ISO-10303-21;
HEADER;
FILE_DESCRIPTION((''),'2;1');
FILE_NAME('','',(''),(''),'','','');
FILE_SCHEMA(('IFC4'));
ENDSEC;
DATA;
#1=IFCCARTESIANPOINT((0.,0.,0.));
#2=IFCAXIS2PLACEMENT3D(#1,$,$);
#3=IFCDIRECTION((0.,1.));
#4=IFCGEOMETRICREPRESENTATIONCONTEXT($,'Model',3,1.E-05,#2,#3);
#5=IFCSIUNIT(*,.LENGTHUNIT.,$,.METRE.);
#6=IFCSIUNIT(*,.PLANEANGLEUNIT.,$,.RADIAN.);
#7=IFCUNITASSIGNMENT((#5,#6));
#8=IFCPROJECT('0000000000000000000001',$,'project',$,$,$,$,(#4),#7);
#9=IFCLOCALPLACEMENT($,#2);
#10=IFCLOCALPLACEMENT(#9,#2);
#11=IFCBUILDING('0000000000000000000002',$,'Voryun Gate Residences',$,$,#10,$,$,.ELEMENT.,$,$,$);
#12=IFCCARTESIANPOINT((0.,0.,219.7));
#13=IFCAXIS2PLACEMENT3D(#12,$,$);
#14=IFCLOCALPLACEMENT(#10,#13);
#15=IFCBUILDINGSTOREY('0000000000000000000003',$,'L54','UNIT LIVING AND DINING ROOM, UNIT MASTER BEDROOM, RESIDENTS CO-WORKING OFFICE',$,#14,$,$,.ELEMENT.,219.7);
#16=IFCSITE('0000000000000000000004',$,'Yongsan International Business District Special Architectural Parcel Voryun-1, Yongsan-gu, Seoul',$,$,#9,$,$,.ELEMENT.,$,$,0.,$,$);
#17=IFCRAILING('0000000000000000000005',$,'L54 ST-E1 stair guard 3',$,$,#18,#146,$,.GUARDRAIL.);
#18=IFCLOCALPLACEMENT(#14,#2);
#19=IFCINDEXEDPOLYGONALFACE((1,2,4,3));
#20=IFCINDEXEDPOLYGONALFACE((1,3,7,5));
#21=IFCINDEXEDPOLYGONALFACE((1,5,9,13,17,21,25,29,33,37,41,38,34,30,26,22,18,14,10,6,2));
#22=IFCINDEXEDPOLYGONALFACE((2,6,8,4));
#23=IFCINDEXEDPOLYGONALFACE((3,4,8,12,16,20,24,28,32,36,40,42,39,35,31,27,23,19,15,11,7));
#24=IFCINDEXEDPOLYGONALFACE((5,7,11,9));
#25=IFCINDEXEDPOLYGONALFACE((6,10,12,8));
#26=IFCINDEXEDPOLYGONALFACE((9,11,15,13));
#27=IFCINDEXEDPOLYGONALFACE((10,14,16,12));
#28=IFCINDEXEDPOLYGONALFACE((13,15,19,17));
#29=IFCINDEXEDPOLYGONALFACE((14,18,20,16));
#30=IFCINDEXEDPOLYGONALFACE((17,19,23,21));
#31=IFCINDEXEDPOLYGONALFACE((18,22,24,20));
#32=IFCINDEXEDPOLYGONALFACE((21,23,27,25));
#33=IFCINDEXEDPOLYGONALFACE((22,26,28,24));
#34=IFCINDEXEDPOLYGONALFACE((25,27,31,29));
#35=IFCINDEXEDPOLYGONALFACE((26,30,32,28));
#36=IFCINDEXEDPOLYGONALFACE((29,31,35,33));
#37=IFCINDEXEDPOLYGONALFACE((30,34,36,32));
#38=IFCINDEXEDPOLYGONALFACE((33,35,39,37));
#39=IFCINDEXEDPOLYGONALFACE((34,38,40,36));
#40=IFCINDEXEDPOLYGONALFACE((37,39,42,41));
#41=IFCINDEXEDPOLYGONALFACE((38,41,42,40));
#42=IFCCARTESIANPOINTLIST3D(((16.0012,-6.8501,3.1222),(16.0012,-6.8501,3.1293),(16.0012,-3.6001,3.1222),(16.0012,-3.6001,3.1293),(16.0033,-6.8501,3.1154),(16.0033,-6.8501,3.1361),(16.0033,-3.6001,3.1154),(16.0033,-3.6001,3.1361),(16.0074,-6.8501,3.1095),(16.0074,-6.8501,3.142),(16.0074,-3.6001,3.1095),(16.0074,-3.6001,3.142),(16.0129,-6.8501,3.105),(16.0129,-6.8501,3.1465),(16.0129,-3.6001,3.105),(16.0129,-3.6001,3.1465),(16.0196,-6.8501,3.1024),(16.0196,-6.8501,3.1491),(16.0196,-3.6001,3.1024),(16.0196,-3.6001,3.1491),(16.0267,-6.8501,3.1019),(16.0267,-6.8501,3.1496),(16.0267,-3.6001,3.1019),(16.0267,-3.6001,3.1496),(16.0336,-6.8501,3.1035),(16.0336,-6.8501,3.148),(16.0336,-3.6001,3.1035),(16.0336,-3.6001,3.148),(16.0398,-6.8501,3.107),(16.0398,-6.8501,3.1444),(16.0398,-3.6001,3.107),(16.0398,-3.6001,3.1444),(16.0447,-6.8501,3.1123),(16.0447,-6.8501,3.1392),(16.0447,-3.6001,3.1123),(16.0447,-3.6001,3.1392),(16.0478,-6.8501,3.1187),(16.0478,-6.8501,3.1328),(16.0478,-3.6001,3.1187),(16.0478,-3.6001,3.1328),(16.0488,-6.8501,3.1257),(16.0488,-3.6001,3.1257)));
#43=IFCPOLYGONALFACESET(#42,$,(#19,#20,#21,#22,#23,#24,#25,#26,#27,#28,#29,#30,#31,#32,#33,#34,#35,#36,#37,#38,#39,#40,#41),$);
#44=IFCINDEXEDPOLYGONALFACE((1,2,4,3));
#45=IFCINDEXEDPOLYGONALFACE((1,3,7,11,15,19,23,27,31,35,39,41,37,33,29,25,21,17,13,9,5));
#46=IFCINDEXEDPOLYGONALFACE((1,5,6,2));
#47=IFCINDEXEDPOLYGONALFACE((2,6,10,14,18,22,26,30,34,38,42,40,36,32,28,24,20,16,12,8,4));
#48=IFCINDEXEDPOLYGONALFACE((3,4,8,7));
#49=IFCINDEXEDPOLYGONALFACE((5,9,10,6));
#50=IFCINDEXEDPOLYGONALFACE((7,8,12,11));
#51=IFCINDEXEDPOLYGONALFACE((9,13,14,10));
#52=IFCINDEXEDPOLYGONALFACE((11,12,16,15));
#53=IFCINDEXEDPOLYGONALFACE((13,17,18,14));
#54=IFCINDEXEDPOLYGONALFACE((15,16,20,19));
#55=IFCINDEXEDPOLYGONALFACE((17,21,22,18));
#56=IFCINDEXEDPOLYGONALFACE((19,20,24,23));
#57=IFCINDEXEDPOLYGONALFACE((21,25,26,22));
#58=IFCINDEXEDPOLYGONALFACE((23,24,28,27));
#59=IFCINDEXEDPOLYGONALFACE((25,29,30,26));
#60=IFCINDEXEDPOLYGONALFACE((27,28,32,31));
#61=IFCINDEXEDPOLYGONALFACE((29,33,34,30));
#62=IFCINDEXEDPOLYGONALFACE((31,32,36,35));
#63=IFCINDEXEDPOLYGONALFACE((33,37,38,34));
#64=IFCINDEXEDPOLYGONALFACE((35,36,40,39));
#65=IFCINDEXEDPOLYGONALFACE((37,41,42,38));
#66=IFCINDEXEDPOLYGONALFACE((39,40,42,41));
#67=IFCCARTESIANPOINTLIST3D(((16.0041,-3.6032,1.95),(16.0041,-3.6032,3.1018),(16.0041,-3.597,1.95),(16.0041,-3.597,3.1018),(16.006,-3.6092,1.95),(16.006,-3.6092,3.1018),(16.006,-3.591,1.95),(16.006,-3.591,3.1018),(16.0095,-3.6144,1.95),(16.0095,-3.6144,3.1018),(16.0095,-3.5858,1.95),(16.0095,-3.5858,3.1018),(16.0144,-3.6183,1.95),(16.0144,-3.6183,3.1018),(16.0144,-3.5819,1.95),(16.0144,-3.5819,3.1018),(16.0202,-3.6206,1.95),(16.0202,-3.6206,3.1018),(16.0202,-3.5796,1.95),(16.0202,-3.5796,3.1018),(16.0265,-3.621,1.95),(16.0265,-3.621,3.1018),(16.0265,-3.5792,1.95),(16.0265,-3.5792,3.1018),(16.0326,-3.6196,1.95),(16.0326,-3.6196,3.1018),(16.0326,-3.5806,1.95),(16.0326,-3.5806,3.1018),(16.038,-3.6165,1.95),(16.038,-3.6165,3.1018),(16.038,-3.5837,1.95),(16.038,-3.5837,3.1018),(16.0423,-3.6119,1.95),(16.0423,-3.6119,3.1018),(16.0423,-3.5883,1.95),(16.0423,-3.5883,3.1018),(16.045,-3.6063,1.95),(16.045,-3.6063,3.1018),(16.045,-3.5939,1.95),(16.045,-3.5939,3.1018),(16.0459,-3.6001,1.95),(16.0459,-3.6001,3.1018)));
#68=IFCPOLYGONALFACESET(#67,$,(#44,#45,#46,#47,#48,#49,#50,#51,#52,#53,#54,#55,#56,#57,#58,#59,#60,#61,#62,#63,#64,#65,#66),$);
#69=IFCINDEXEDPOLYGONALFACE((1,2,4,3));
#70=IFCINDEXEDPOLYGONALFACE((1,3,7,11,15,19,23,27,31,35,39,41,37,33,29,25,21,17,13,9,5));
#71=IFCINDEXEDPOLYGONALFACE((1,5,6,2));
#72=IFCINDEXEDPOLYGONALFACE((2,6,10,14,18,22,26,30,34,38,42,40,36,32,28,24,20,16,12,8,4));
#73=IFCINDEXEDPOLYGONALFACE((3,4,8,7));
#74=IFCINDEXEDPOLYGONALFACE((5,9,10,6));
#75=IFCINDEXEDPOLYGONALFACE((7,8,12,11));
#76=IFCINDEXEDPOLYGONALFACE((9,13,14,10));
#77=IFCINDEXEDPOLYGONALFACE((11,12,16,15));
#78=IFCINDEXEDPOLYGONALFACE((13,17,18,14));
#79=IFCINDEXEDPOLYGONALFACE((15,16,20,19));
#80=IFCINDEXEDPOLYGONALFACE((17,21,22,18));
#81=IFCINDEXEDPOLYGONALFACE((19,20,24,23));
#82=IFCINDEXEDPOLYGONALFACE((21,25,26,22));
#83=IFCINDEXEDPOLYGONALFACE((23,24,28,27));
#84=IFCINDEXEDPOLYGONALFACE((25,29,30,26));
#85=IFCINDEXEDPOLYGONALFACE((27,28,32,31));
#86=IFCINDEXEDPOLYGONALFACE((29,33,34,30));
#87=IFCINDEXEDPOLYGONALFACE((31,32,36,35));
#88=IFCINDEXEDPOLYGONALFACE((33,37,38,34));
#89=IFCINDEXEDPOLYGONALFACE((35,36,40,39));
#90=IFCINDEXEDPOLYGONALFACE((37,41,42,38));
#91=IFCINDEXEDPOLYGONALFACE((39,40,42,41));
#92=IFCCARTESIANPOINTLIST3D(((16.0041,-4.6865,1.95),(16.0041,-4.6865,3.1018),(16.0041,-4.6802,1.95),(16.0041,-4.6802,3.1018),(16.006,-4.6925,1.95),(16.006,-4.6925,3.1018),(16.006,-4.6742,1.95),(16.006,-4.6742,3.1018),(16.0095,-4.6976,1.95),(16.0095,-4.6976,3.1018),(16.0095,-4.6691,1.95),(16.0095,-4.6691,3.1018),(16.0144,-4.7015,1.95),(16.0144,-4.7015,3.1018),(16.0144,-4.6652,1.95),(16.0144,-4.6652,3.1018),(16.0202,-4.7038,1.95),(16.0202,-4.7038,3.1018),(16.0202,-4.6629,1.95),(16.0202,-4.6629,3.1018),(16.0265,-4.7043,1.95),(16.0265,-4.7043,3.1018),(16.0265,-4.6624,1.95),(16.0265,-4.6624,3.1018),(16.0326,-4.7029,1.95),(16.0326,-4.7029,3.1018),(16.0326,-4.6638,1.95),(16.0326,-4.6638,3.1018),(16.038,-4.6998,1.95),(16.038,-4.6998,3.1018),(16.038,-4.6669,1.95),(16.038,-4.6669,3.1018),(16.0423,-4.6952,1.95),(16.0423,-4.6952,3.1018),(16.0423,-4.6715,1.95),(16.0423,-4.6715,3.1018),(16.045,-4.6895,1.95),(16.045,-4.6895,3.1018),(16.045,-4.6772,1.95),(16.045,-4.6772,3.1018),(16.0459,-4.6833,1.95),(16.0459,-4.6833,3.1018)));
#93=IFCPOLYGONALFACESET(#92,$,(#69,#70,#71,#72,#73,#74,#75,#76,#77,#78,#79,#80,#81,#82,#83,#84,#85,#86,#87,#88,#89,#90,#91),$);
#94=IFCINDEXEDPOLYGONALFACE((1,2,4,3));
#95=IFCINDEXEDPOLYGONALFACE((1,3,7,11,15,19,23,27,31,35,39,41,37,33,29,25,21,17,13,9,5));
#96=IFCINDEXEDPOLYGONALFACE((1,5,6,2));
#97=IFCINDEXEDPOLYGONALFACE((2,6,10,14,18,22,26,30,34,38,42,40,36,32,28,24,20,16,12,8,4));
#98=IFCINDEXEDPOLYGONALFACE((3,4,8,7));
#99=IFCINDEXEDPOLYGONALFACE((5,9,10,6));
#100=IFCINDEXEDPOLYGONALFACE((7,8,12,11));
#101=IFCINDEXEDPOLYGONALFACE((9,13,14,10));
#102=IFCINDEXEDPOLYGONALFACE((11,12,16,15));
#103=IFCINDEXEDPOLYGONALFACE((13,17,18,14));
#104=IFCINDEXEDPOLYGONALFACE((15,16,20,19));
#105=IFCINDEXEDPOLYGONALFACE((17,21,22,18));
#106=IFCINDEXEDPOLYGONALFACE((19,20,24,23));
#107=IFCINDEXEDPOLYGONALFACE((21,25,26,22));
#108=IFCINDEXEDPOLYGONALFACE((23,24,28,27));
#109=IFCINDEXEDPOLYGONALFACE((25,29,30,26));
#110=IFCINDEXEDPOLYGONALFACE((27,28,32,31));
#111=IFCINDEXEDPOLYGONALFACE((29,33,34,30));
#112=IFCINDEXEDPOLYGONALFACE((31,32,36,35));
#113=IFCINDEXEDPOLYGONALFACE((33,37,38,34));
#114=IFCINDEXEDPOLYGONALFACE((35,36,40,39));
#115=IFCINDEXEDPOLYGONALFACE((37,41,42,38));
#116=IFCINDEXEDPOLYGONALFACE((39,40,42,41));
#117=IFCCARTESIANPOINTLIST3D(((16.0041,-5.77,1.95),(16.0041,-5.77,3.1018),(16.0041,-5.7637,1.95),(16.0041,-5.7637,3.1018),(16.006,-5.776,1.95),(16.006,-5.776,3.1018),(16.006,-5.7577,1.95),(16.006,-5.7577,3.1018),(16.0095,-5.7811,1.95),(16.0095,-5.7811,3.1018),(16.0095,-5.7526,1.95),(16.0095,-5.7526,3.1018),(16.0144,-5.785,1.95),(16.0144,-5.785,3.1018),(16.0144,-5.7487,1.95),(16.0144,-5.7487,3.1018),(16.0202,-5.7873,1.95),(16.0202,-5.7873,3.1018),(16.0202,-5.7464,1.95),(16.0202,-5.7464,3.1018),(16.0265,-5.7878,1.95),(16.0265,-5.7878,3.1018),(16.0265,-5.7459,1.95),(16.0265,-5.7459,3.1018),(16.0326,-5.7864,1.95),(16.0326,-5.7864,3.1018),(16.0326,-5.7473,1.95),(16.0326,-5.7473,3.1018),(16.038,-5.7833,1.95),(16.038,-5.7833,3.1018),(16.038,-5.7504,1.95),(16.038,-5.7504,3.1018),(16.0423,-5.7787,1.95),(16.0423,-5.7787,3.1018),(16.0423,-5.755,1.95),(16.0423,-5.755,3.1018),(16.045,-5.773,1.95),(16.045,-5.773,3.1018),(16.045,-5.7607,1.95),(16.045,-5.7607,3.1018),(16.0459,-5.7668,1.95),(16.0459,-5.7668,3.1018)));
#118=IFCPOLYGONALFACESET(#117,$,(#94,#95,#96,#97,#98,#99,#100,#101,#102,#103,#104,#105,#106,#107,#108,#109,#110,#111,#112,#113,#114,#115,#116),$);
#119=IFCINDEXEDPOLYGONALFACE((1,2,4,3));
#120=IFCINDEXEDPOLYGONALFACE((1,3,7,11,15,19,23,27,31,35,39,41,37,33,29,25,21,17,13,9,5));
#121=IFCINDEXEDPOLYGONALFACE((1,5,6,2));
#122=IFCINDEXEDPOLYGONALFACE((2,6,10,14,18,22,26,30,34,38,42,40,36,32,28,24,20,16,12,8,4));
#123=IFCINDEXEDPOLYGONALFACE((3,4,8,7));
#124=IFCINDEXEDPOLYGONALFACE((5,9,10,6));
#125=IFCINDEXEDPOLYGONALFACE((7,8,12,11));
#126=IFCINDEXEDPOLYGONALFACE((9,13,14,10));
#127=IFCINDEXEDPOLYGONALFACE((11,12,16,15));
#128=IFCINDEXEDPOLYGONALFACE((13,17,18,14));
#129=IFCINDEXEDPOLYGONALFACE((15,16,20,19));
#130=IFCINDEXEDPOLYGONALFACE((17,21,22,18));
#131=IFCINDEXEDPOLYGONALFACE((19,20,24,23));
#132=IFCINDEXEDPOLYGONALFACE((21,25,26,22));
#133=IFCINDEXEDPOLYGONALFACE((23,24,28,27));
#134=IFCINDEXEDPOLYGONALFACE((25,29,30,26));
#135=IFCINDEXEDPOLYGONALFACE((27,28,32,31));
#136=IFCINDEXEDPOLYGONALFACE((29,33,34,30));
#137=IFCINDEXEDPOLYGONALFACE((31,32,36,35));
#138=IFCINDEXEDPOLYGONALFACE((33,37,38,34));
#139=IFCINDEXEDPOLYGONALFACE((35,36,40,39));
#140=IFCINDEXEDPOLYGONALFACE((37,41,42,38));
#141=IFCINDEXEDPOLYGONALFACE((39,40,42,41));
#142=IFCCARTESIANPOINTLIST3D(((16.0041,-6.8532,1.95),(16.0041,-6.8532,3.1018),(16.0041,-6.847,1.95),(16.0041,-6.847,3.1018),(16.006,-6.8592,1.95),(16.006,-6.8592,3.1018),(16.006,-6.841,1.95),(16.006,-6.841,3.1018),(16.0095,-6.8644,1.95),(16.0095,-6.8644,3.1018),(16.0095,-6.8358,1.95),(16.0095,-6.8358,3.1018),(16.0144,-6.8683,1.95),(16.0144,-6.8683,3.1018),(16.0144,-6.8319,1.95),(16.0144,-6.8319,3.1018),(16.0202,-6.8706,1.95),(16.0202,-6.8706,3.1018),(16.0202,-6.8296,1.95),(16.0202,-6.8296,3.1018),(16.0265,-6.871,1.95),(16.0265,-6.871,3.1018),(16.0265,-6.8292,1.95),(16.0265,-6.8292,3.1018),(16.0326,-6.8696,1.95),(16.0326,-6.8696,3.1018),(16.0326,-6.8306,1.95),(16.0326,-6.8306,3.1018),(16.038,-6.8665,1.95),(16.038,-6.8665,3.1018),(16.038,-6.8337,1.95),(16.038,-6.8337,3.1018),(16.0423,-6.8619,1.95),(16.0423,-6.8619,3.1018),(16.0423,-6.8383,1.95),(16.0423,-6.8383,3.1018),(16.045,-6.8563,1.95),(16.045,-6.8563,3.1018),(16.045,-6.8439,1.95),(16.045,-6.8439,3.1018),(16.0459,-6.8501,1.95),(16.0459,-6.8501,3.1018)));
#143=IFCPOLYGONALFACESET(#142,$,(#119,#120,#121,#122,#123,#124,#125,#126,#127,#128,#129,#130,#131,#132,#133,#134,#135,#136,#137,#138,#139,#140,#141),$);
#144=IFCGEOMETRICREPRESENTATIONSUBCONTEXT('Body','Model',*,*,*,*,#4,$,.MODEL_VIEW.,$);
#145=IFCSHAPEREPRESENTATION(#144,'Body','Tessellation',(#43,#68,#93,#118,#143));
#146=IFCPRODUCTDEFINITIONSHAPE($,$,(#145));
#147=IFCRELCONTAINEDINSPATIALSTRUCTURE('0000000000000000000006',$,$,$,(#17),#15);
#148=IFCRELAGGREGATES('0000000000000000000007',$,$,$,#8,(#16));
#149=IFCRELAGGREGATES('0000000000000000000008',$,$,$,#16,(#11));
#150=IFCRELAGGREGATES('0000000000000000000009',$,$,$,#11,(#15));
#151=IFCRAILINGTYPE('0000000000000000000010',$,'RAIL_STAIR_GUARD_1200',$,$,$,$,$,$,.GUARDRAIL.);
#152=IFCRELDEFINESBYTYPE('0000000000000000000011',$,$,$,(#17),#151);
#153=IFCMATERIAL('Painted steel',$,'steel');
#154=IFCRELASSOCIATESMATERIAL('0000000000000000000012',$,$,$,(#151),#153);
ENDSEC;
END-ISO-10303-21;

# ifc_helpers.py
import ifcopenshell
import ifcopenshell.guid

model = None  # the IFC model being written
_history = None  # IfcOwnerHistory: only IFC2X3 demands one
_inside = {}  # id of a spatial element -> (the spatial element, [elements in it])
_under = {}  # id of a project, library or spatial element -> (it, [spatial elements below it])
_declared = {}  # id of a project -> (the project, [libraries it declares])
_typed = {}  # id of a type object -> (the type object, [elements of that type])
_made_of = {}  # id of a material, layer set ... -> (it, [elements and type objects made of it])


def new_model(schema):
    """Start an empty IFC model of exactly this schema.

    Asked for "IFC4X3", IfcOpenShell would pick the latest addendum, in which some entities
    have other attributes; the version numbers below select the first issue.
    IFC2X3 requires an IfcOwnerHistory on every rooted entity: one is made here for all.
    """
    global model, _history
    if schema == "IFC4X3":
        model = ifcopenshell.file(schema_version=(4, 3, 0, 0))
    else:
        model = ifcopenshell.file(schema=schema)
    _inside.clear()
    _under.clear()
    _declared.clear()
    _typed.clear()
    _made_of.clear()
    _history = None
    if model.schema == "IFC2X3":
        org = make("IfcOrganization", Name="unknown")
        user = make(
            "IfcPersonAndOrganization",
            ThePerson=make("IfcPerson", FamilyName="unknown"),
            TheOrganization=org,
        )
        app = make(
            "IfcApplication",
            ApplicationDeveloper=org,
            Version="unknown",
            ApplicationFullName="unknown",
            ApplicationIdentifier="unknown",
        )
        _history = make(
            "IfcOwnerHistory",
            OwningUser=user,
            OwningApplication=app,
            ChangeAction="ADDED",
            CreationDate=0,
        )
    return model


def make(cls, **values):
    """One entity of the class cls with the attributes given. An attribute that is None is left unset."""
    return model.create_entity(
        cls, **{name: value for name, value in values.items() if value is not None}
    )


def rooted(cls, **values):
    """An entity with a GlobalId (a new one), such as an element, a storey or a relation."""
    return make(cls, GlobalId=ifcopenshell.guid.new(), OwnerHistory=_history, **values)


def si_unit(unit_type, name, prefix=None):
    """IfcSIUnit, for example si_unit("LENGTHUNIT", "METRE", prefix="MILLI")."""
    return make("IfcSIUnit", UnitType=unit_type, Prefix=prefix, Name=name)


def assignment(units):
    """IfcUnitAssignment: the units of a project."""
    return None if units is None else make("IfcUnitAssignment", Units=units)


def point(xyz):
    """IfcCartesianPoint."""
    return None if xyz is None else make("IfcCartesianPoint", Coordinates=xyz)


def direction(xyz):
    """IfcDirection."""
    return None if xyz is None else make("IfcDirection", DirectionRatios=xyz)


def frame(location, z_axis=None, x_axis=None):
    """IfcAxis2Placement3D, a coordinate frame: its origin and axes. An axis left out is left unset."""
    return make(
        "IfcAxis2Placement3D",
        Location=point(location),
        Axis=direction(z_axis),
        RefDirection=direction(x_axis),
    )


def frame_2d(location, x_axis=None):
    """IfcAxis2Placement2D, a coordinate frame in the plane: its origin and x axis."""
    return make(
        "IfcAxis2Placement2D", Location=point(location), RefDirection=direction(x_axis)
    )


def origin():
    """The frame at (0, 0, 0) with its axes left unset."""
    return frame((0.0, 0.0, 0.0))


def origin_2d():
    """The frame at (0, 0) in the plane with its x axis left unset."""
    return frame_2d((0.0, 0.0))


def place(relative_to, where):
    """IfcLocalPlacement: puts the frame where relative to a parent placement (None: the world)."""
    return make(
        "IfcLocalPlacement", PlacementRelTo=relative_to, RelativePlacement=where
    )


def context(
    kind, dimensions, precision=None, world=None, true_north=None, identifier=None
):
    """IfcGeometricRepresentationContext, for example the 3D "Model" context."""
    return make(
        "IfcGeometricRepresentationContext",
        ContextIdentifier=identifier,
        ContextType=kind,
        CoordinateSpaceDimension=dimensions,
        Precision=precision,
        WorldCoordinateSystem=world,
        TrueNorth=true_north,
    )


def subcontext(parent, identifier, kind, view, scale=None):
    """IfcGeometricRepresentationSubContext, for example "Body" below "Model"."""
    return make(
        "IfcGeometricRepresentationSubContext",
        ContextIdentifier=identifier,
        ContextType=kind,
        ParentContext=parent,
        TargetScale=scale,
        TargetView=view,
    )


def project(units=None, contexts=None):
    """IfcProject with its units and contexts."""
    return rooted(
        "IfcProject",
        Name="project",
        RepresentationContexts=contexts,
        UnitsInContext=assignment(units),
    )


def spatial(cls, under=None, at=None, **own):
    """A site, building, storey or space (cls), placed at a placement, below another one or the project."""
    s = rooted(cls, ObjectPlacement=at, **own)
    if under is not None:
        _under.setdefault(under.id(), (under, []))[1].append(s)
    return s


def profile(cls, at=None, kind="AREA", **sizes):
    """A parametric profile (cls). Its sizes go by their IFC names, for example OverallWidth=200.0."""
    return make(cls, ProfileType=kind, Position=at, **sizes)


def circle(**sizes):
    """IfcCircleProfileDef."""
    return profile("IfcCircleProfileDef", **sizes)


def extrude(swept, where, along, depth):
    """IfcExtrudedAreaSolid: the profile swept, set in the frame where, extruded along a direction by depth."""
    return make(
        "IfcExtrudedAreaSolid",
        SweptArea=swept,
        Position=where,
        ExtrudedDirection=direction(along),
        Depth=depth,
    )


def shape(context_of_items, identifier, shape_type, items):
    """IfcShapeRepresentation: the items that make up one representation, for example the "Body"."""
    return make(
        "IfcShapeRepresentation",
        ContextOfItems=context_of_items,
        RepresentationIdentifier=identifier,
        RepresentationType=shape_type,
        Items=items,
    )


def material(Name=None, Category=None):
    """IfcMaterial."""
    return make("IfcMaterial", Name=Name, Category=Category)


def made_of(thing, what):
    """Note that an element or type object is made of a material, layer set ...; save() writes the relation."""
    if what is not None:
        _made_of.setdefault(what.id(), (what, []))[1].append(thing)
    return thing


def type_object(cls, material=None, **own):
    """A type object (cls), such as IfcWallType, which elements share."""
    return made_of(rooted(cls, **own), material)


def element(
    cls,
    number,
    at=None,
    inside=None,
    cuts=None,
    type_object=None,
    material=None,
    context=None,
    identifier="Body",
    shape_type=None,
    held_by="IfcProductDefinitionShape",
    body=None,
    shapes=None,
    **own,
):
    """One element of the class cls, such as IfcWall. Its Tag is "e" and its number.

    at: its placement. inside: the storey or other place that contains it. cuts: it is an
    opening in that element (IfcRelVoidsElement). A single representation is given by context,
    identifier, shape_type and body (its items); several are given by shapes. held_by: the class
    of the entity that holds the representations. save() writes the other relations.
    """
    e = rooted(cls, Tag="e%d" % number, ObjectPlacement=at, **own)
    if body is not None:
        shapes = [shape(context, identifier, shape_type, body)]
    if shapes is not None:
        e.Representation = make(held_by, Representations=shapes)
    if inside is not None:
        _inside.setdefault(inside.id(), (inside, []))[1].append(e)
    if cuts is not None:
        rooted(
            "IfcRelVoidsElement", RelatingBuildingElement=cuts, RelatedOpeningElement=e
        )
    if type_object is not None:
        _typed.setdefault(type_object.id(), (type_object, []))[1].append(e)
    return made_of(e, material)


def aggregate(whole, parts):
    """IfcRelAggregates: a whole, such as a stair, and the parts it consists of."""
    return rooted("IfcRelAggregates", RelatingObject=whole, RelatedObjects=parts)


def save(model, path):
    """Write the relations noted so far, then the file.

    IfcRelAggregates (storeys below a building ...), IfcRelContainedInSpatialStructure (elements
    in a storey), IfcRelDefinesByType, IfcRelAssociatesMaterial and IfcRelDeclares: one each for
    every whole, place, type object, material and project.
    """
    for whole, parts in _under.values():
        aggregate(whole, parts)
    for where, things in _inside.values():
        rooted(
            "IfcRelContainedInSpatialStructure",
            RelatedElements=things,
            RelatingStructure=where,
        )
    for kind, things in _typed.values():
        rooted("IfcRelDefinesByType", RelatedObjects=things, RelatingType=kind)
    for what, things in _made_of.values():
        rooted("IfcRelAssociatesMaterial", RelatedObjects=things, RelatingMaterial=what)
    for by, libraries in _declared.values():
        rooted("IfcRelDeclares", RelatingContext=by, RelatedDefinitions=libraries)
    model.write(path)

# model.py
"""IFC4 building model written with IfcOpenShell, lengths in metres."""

from ifc_helpers import new_model, si_unit, direction, frame, origin, origin_2d, place, context, subcontext, project, spatial, circle, extrude, material, type_object, element, save


model = new_model("IFC4")

# Units and contexts
model_context = context("Model", 3, precision=1e-05, world=origin(), true_north=direction((0.0, 1.0)))
body_context = subcontext(model_context, "Body", "Model", "MODEL_VIEW")
ifc_project = project(units=[si_unit("LENGTHUNIT", "METRE"), si_unit("PLANEANGLEUNIT", "RADIAN")], contexts=[model_context])

# Site, building, storey
site_placement = place(None, origin())
site = spatial("IfcSite", under=ifc_project, at=site_placement, Name="Yongsan International Business District Special Architectural Parcel Voryun-1, Yongsan-gu, Seoul", CompositionType="ELEMENT", RefElevation=0.0)
building_placement = place(site_placement, origin())
building = spatial("IfcBuilding", under=site, at=building_placement, Name="Voryun Gate Residences", CompositionType="ELEMENT")
storey_placement = place(building_placement, frame((0.0, 0.0, 219.7)))
storey = spatial("IfcBuildingStorey", under=building, at=storey_placement, Name="L54", Description="UNIT LIVING AND DINING ROOM, UNIT MASTER BEDROOM, RESIDENTS CO-WORKING OFFICE", CompositionType="ELEMENT", Elevation=219.7)

# Railing
ifc_material_1 = material(Name="Painted steel", Category="steel")
railing_type = type_object("IfcRailingType", Name="RAIL_STAIR_GUARD_1200", PredefinedType="GUARDRAIL", material=ifc_material_1)
railing_1_placement = place(storey_placement, frame((16.0249, -3.6001, 1.95)))
element("IfcRailing", 1, at=railing_1_placement, inside=storey, type_object=railing_type, Name="L54 ST-E1 stair guard 3", PredefinedType="GUARDRAIL", context=body_context, shape_type="SweptSolid", body=[
    extrude(circle(Radius=0.0239, at=origin_2d()), frame((0.0, 0.0, 1.1758), z_axis=(0.0, -1.0, 0.0), x_axis=(1.0, 0.0, 0.0)), (0.0, 0.0, 1.0), 3.25),
    extrude(circle(Radius=0.021, at=origin_2d()), origin(), (0.0, 0.0, 1.0), 1.1519),
    extrude(circle(Radius=0.021, at=origin_2d()), frame((0.0, -1.0833, 0.0)), (0.0, 0.0, 1.0), 1.1519),
    extrude(circle(Radius=0.021, at=origin_2d()), frame((0.0, -2.1667, 0.0)), (0.0, 0.0, 1.0), 1.1519),
    extrude(circle(Radius=0.021, at=origin_2d()), frame((0.0, -3.25, 0.0)), (0.0, 0.0, 1.0), 1.1519),
])

save(model, "model.ifc")
